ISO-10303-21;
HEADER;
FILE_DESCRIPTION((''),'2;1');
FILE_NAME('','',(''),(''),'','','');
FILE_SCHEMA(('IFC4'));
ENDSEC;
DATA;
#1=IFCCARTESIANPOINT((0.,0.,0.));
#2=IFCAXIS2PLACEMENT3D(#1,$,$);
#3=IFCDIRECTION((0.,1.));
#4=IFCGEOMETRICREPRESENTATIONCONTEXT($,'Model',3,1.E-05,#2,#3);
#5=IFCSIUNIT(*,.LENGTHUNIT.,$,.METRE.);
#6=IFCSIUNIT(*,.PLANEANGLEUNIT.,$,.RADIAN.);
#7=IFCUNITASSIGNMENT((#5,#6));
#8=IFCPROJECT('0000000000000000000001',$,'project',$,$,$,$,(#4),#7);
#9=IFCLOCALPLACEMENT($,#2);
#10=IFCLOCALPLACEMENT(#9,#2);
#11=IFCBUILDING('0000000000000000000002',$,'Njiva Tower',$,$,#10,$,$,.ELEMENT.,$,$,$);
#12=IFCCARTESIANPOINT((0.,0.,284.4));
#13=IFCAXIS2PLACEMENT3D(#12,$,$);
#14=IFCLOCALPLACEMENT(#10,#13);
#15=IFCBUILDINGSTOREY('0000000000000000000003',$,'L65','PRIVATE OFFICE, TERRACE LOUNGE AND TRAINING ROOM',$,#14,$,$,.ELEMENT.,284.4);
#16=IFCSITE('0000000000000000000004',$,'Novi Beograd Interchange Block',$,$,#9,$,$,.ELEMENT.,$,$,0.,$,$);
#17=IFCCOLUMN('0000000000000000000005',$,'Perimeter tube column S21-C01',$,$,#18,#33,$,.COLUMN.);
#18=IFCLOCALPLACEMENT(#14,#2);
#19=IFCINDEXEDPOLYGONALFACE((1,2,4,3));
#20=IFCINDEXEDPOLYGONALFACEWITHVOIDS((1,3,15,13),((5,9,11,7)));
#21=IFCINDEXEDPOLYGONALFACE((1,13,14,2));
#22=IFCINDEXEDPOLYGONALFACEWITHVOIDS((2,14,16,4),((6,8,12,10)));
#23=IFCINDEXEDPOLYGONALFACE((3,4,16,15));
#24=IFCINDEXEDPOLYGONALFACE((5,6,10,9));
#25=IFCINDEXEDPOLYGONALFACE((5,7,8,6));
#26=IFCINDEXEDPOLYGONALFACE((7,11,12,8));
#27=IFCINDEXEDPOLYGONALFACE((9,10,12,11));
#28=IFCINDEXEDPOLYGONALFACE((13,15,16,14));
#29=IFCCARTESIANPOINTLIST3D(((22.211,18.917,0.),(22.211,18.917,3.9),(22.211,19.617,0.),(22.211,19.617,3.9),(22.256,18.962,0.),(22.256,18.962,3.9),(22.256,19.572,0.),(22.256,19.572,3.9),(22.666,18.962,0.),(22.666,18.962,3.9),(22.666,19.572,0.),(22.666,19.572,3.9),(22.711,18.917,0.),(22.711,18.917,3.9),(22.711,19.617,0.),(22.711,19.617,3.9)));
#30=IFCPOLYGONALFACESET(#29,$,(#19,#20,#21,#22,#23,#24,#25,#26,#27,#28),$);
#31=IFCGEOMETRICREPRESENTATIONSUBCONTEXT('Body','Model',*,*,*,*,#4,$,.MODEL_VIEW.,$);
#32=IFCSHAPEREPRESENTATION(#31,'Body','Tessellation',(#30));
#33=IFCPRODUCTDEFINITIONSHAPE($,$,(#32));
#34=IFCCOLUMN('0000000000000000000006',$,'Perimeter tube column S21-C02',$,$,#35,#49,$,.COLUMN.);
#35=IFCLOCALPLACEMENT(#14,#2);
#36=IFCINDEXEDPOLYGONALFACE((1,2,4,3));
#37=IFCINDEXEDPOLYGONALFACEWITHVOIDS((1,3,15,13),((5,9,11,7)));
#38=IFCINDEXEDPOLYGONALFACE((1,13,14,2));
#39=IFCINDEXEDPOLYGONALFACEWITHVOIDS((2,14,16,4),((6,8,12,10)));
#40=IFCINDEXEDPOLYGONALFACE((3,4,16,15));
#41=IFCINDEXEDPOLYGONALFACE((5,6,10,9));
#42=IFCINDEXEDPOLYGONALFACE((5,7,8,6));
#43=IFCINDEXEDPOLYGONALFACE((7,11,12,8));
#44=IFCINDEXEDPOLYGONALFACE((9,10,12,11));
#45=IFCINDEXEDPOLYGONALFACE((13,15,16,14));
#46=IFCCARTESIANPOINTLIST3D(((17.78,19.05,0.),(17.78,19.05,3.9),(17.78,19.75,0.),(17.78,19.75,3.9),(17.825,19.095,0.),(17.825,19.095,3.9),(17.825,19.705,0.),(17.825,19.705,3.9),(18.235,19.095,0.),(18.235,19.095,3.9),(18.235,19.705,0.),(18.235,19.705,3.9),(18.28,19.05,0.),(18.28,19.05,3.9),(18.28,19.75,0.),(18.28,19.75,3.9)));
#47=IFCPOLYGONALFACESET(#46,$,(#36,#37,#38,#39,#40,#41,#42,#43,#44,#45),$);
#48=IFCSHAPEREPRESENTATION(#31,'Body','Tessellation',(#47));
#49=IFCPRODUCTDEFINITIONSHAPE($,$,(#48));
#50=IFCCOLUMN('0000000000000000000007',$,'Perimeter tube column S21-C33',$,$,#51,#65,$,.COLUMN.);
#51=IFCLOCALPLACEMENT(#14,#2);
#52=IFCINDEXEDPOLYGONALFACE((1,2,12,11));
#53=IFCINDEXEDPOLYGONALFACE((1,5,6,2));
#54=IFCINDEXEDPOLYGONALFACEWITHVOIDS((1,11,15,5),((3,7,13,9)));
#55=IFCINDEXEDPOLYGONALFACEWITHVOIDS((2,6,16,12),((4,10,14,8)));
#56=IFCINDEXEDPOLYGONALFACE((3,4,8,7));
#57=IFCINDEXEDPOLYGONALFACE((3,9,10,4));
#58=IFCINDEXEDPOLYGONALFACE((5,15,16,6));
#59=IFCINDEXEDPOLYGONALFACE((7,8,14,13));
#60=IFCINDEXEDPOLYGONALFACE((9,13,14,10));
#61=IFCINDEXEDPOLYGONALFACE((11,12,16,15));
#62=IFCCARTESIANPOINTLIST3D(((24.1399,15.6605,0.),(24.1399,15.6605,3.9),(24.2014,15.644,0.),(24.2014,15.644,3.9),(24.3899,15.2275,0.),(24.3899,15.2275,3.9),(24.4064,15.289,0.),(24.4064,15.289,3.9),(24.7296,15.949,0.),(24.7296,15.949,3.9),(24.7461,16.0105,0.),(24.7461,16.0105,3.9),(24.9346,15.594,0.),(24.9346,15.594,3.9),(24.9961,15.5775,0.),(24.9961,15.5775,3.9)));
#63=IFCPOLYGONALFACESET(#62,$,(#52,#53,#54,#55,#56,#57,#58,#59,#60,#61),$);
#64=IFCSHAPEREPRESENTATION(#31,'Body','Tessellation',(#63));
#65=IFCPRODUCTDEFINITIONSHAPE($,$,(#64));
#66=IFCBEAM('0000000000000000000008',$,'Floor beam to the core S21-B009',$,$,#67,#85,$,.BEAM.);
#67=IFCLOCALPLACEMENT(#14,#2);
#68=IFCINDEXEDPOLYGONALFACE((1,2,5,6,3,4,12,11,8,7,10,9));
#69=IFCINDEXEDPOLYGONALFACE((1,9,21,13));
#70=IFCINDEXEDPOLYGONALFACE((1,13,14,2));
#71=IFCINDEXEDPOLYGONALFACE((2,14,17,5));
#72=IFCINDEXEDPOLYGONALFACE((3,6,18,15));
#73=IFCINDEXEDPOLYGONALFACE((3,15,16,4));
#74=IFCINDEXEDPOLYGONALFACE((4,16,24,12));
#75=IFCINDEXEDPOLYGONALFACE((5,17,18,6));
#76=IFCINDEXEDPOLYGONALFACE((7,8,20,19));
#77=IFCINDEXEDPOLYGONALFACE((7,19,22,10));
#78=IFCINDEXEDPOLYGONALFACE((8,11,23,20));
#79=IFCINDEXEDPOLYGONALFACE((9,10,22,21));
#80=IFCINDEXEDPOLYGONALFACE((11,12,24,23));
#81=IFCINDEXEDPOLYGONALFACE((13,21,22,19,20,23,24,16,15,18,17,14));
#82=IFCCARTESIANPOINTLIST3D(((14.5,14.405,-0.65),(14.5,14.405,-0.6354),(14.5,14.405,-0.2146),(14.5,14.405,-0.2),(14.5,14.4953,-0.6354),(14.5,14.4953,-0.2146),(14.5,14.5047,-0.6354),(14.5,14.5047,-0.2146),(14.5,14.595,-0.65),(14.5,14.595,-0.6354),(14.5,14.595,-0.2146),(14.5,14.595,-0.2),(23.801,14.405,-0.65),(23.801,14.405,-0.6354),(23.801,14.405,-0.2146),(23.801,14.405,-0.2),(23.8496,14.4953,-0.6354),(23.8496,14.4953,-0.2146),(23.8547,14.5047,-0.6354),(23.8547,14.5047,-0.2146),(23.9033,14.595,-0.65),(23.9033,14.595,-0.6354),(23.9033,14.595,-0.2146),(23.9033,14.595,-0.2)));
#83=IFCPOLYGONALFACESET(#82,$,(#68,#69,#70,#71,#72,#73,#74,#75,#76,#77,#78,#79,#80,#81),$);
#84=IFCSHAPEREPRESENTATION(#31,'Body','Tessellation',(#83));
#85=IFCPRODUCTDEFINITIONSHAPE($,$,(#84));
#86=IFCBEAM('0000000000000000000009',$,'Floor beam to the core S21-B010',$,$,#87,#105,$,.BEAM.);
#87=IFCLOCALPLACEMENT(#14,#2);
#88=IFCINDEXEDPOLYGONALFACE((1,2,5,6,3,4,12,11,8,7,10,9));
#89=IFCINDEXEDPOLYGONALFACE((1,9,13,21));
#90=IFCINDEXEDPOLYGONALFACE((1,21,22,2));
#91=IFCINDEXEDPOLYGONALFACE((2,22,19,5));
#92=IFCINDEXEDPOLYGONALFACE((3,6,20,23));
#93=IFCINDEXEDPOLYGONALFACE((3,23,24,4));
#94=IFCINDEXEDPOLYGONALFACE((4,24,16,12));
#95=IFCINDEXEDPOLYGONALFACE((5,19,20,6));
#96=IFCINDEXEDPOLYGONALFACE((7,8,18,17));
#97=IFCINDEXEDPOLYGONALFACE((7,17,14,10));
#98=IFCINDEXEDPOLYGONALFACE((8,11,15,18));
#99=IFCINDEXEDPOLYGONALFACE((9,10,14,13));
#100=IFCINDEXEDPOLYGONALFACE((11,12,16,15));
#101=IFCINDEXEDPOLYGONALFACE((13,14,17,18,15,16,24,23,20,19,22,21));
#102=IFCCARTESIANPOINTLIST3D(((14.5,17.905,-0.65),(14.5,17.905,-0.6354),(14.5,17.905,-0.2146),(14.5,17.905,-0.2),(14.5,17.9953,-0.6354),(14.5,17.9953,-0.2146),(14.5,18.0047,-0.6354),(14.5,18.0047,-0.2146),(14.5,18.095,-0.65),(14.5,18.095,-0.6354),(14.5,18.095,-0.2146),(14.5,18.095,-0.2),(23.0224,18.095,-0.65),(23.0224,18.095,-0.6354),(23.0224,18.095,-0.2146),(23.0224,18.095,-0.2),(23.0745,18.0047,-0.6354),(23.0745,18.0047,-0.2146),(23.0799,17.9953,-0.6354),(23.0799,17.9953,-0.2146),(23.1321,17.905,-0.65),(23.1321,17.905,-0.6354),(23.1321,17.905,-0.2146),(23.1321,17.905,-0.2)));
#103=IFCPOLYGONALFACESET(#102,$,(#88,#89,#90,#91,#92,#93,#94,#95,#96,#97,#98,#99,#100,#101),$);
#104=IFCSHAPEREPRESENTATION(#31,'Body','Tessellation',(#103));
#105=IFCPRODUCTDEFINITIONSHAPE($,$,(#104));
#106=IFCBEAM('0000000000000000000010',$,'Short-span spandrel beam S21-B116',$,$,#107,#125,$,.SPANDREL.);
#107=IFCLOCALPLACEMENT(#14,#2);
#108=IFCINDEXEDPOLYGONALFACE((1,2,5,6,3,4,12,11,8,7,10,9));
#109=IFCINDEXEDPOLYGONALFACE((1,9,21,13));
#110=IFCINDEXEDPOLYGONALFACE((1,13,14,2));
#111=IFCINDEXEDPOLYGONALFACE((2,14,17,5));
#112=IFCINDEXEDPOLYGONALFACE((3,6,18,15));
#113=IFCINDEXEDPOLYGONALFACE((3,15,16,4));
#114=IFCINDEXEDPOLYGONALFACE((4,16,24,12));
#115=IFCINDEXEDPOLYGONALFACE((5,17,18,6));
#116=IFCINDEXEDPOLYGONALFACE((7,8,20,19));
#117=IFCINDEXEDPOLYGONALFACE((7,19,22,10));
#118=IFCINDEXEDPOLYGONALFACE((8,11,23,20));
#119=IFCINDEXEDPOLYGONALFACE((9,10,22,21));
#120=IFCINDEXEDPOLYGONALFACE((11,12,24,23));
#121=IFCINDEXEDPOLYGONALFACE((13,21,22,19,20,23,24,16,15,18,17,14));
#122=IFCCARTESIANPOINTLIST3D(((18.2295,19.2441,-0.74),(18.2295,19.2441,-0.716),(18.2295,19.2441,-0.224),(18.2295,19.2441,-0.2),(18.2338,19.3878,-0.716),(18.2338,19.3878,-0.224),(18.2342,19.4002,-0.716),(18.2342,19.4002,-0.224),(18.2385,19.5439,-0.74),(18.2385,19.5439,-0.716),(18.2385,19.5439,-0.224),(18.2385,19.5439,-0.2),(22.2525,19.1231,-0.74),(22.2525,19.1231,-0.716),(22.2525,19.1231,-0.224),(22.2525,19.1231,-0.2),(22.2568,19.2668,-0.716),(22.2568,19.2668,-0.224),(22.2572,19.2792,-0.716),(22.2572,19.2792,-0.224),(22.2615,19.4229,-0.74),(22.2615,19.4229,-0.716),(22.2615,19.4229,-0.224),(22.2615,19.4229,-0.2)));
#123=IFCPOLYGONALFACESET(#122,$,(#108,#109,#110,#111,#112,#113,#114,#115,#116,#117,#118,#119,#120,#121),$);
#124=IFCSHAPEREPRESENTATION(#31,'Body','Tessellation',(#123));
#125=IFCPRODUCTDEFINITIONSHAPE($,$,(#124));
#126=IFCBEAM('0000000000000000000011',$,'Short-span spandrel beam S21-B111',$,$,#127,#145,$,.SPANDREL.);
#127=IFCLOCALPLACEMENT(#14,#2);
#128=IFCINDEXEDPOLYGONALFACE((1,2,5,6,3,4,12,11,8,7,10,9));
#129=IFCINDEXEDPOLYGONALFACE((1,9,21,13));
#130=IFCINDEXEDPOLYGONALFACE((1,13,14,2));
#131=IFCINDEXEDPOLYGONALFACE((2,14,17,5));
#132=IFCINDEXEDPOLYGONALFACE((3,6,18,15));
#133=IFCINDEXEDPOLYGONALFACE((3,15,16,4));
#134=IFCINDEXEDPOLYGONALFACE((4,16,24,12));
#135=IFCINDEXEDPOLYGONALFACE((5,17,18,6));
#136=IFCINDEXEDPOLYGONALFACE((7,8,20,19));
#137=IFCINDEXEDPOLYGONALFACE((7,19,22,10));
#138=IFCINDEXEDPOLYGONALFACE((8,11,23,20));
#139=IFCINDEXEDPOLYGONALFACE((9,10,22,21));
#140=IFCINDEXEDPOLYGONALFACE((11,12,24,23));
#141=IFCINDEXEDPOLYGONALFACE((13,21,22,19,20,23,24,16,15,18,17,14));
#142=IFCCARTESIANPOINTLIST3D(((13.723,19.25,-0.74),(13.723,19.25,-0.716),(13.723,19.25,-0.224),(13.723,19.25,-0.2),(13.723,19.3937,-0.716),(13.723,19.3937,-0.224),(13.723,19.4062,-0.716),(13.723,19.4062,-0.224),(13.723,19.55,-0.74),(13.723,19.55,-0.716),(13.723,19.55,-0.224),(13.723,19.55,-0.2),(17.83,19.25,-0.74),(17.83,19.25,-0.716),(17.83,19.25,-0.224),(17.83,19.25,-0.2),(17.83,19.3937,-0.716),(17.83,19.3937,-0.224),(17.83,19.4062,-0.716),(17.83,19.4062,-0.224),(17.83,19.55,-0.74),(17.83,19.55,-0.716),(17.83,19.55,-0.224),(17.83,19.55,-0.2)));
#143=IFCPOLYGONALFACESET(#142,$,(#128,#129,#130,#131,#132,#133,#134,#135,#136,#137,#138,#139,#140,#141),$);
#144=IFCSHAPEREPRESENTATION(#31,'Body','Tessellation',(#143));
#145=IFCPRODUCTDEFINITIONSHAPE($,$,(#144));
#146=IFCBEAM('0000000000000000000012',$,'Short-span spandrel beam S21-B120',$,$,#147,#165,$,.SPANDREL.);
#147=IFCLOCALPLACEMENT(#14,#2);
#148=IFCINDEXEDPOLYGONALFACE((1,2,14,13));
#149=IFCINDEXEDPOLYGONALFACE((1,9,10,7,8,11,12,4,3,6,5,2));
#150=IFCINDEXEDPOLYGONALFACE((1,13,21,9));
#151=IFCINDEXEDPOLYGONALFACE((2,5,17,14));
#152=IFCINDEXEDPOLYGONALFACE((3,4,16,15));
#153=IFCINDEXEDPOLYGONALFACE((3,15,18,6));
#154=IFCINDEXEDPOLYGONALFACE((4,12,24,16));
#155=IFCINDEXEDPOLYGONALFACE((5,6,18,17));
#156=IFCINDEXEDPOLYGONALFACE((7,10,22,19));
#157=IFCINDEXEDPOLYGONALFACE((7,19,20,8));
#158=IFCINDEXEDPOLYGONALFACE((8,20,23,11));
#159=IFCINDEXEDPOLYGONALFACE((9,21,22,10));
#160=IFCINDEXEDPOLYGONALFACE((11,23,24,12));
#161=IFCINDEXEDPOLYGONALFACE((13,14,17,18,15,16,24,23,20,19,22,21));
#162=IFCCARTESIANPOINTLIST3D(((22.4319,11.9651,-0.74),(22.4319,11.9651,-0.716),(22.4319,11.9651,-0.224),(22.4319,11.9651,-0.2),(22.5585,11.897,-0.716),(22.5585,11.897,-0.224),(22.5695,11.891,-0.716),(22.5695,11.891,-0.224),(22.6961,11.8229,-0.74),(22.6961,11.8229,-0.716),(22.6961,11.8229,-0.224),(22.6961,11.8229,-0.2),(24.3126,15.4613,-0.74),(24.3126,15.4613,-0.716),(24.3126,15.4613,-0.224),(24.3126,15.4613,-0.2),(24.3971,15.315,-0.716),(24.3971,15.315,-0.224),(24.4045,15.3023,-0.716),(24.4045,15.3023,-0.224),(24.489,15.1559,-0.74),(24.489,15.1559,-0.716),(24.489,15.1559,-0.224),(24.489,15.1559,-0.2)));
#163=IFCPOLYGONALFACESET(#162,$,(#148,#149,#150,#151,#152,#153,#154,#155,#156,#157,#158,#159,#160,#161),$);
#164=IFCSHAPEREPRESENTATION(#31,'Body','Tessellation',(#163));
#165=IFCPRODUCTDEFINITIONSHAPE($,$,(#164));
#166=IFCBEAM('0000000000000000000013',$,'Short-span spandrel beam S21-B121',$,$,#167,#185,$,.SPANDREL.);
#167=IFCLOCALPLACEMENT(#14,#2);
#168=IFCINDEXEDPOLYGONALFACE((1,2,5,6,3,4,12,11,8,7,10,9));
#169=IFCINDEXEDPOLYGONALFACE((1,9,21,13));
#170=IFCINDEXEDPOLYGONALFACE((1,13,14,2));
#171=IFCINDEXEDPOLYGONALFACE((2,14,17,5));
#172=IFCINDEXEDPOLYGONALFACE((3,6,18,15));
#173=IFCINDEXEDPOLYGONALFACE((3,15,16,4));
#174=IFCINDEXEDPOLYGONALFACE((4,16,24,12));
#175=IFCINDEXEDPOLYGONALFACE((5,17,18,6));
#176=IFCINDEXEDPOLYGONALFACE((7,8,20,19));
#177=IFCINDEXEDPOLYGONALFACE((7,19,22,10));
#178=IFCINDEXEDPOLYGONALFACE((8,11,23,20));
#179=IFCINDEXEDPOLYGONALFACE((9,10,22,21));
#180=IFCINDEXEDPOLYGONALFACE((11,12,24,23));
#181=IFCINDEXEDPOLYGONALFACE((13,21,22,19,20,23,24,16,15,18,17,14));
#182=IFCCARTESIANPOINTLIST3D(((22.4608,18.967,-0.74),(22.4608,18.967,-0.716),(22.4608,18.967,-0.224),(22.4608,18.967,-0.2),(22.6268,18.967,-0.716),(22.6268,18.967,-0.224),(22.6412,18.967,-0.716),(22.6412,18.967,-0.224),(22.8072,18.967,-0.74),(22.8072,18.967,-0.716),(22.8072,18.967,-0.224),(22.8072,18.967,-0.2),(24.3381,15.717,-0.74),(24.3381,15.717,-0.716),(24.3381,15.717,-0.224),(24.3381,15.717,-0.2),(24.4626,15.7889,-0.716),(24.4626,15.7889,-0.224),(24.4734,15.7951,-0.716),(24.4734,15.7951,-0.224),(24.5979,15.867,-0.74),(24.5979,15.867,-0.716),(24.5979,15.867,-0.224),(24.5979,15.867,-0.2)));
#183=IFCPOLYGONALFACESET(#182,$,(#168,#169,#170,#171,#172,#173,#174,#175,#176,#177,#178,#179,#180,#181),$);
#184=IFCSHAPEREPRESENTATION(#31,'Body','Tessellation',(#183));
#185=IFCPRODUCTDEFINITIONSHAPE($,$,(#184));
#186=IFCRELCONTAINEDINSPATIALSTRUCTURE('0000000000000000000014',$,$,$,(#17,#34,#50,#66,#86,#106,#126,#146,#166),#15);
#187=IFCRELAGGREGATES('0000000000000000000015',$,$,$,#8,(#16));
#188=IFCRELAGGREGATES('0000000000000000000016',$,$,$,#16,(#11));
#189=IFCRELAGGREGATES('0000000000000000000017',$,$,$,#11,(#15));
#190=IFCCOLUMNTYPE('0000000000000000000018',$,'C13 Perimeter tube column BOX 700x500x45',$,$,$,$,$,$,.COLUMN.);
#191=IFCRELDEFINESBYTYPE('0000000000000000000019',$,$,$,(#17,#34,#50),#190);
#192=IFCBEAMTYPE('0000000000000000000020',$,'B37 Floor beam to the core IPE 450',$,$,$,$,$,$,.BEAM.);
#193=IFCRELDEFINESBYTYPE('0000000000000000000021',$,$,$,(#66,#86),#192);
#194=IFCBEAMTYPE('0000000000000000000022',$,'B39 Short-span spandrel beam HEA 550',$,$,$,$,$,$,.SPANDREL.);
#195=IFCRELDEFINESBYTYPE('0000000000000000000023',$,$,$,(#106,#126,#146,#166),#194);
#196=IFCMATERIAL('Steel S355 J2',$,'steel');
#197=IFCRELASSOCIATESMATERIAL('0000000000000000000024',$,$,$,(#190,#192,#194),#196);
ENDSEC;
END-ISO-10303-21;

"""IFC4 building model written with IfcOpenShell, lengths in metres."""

from ifc_helpers import new_model, si_unit, direction, frame, origin, origin_2d, place, context, subcontext, project, spatial, hollow_rectangle, i_section, extrude, clip, halfspace, material, material_profile, profile_set, type_object, element, save


model = new_model("IFC4")

# Units and contexts
model_context = context("Model", 3, precision=1e-05, world=origin(), true_north=direction((0.0, 1.0)))
body_context = subcontext(model_context, "Body", "Model", "MODEL_VIEW")
ifc_project = project(units=[si_unit("LENGTHUNIT", "METRE"), si_unit("PLANEANGLEUNIT", "RADIAN")], contexts=[model_context])

# Site, building, storey
site_placement = place(None, origin())
site = spatial("IfcSite", under=ifc_project, at=site_placement, Name="Novi Beograd Interchange Block", CompositionType="ELEMENT", RefElevation=0.0)
building_placement = place(site_placement, origin())
building = spatial("IfcBuilding", under=site, at=building_placement, Name="Njiva Tower", CompositionType="ELEMENT")
storey_placement = place(building_placement, frame((0.0, 0.0, 284.4)))
storey = spatial("IfcBuildingStorey", under=building, at=storey_placement, Name="L65", Description="PRIVATE OFFICE, TERRACE LOUNGE AND TRAINING ROOM", CompositionType="ELEMENT", Elevation=284.4)

# Columns
ifc_material_1 = material(Name="Steel S355 J2", Category="steel")
ifc_material_profile_1 = material_profile(ifc_material_1, hollow_rectangle(XDim=0.5, YDim=0.7, WallThickness=0.045, at=origin_2d()), Name="BOX 700x500x45")
ifc_profile_set_1 = profile_set([ifc_material_profile_1], Name="Steel S355 J2")
column_type = type_object("IfcColumnType", Name="C13 Perimeter tube column BOX 700x500x45", PredefinedType="COLUMN", material=ifc_profile_set_1)
for number, where, z_axis, x_axis, name in (
    (1, (22.461, 19.267, 0.0), (0.0, 0.0, 1.0), (-1.0, 0.0, 0.0), "Perimeter tube column S21-C01"),
    (2, (18.03, 19.4, 0.0), (0.0, 0.0, 1.0), (-1.0, 0.0, 0.0), "Perimeter tube column S21-C02"),
    (3, (24.568, 15.619, 0.0), (0.0, 0.0, 1.0), (-0.5, 0.866025, 0.0), "Perimeter tube column S21-C33"),
):
    element("IfcColumn", number, at=place(storey_placement, frame(where, z_axis=z_axis, x_axis=x_axis)), inside=storey, type_object=column_type, Name=name, PredefinedType="COLUMN", context=body_context, shape_type="SweptSolid", body=[
        extrude(hollow_rectangle(XDim=0.5, YDim=0.7, WallThickness=0.045, at=origin_2d()), origin(), (0.0, 0.0, 1.0), 3.9),
    ])

# Beams
ifc_material_profile_2 = material_profile(ifc_material_1, i_section(OverallWidth=0.19, OverallDepth=0.45, WebThickness=0.0094, FlangeThickness=0.0146, at=origin_2d()), Name="IPE 450")
ifc_profile_set_2 = profile_set([ifc_material_profile_2], Name="Steel S355 J2")
beam_type_1 = type_object("IfcBeamType", Name="B37 Floor beam to the core IPE 450", PredefinedType="BEAM", material=ifc_profile_set_2)
beam_1_placement = place(storey_placement, frame((14.5, 14.5, -0.425), z_axis=(1.0, 0.0, 0.0), x_axis=(0.0, 1.0, 0.0)))
element("IfcBeam", 4, at=beam_1_placement, inside=storey, type_object=beam_type_1, Name="Floor beam to the core S21-B009", PredefinedType="BEAM", context=body_context, shape_type="Clipping", body=[
    clip(extrude(i_section(OverallWidth=0.19, OverallDepth=0.45, WebThickness=0.0094, FlangeThickness=0.0146, at=origin_2d()), origin(), (0.0, 0.0, 1.0), 9.423), halfspace(frame((-0.0237, 0.0, 9.3394), z_axis=(-0.473769, 0.0, 0.880649), x_axis=(0.0, 1.0, 0.0)), False)),
])
beam_2_placement = place(storey_placement, frame((14.5, 18.0, -0.425), z_axis=(1.0, 0.0, 0.0), x_axis=(0.0, 1.0, 0.0)))
element("IfcBeam", 5, at=beam_2_placement, inside=storey, type_object=beam_type_1, Name="Floor beam to the core S21-B010", PredefinedType="BEAM", context=body_context, shape_type="Clipping", body=[
    clip(extrude(i_section(OverallWidth=0.19, OverallDepth=0.45, WebThickness=0.0094, FlangeThickness=0.0146, at=origin_2d()), origin(), (0.0, 0.0, 1.0), 8.652), halfspace(frame((0.025, 0.0, 8.5628), z_axis=(0.499998, 0.0, 0.866027), x_axis=(0.0, 1.0, 0.0)), False)),
])
ifc_material_profile_3 = material_profile(ifc_material_1, i_section(OverallWidth=0.3, OverallDepth=0.54, WebThickness=0.0125, FlangeThickness=0.024, at=origin_2d()), Name="HEA 550")
ifc_profile_set_3 = profile_set([ifc_material_profile_3], Name="Steel S355 J2")
beam_type_2 = type_object("IfcBeamType", Name="B39 Short-span spandrel beam HEA 550", PredefinedType="SPANDREL", material=ifc_profile_set_3)
beam_3_placement = place(storey_placement, frame((22.257, 19.273, -0.47), z_axis=(-0.999548, 0.030063, 0.0), x_axis=(-0.030063, -0.999548, 0.0)))
element("IfcBeam", 6, at=beam_3_placement, inside=storey, type_object=beam_type_2, Name="Short-span spandrel beam S21-B116", PredefinedType="SPANDREL", context=body_context, shape_type="SweptSolid", body=[
    extrude(i_section(OverallWidth=0.3, OverallDepth=0.54, WebThickness=0.0125, FlangeThickness=0.024, at=origin_2d()), origin(), (0.0, 0.0, 1.0), 4.0248),
])
beam_4_placement = place(storey_placement, frame((17.83, 19.4, -0.47), z_axis=(-1.0, 0.0, 0.0), x_axis=(0.0, -1.0, 0.0)))
element("IfcBeam", 7, at=beam_4_placement, inside=storey, type_object=beam_type_2, Name="Short-span spandrel beam S21-B111", PredefinedType="SPANDREL", context=body_context, shape_type="SweptSolid", body=[
    extrude(i_section(OverallWidth=0.3, OverallDepth=0.54, WebThickness=0.0125, FlangeThickness=0.024, at=origin_2d()), origin(), (0.0, 0.0, 1.0), 4.107),
])
beam_5_placement = place(storey_placement, frame((22.564, 11.894, -0.47), z_axis=(0.473731, 0.88067, 0.0), x_axis=(-0.88067, 0.473731, 0.0)))
element("IfcBeam", 8, at=beam_5_placement, inside=storey, type_object=beam_type_2, Name="Short-span spandrel beam S21-B120", PredefinedType="SPANDREL", context=body_context, shape_type="Clipping", body=[
    clip(extrude(i_section(OverallWidth=0.3, OverallDepth=0.54, WebThickness=0.0125, FlangeThickness=0.024, at=origin_2d()), origin(), (0.0, 0.0, 1.0), 3.9907), halfspace(frame((-0.0262, 0.0, 3.8611), z_axis=(-0.525819, 0.0, 0.850596), x_axis=(0.0, 1.0, 0.0)), False)),
])
beam_6_placement = place(storey_placement, frame((24.468, 15.792, -0.47), z_axis=(-0.500187, 0.865918, 0.0), x_axis=(-0.865918, -0.500187, 0.0)))
element("IfcBeam", 9, at=beam_6_placement, inside=storey, type_object=beam_type_2, Name="Short-span spandrel beam S21-B121", PredefinedType="SPANDREL", context=body_context, shape_type="Clipping", body=[
    clip(extrude(i_section(OverallWidth=0.3, OverallDepth=0.54, WebThickness=0.0125, FlangeThickness=0.024, at=origin_2d()), origin(), (0.0, 0.0, 1.0), 3.7736), halfspace(frame((-0.0254, 0.0, 3.652), z_axis=(-0.500187, 0.0, 0.865918), x_axis=(0.0, 1.0, 0.0)), False)),
])

save(model, "model.ifc")
